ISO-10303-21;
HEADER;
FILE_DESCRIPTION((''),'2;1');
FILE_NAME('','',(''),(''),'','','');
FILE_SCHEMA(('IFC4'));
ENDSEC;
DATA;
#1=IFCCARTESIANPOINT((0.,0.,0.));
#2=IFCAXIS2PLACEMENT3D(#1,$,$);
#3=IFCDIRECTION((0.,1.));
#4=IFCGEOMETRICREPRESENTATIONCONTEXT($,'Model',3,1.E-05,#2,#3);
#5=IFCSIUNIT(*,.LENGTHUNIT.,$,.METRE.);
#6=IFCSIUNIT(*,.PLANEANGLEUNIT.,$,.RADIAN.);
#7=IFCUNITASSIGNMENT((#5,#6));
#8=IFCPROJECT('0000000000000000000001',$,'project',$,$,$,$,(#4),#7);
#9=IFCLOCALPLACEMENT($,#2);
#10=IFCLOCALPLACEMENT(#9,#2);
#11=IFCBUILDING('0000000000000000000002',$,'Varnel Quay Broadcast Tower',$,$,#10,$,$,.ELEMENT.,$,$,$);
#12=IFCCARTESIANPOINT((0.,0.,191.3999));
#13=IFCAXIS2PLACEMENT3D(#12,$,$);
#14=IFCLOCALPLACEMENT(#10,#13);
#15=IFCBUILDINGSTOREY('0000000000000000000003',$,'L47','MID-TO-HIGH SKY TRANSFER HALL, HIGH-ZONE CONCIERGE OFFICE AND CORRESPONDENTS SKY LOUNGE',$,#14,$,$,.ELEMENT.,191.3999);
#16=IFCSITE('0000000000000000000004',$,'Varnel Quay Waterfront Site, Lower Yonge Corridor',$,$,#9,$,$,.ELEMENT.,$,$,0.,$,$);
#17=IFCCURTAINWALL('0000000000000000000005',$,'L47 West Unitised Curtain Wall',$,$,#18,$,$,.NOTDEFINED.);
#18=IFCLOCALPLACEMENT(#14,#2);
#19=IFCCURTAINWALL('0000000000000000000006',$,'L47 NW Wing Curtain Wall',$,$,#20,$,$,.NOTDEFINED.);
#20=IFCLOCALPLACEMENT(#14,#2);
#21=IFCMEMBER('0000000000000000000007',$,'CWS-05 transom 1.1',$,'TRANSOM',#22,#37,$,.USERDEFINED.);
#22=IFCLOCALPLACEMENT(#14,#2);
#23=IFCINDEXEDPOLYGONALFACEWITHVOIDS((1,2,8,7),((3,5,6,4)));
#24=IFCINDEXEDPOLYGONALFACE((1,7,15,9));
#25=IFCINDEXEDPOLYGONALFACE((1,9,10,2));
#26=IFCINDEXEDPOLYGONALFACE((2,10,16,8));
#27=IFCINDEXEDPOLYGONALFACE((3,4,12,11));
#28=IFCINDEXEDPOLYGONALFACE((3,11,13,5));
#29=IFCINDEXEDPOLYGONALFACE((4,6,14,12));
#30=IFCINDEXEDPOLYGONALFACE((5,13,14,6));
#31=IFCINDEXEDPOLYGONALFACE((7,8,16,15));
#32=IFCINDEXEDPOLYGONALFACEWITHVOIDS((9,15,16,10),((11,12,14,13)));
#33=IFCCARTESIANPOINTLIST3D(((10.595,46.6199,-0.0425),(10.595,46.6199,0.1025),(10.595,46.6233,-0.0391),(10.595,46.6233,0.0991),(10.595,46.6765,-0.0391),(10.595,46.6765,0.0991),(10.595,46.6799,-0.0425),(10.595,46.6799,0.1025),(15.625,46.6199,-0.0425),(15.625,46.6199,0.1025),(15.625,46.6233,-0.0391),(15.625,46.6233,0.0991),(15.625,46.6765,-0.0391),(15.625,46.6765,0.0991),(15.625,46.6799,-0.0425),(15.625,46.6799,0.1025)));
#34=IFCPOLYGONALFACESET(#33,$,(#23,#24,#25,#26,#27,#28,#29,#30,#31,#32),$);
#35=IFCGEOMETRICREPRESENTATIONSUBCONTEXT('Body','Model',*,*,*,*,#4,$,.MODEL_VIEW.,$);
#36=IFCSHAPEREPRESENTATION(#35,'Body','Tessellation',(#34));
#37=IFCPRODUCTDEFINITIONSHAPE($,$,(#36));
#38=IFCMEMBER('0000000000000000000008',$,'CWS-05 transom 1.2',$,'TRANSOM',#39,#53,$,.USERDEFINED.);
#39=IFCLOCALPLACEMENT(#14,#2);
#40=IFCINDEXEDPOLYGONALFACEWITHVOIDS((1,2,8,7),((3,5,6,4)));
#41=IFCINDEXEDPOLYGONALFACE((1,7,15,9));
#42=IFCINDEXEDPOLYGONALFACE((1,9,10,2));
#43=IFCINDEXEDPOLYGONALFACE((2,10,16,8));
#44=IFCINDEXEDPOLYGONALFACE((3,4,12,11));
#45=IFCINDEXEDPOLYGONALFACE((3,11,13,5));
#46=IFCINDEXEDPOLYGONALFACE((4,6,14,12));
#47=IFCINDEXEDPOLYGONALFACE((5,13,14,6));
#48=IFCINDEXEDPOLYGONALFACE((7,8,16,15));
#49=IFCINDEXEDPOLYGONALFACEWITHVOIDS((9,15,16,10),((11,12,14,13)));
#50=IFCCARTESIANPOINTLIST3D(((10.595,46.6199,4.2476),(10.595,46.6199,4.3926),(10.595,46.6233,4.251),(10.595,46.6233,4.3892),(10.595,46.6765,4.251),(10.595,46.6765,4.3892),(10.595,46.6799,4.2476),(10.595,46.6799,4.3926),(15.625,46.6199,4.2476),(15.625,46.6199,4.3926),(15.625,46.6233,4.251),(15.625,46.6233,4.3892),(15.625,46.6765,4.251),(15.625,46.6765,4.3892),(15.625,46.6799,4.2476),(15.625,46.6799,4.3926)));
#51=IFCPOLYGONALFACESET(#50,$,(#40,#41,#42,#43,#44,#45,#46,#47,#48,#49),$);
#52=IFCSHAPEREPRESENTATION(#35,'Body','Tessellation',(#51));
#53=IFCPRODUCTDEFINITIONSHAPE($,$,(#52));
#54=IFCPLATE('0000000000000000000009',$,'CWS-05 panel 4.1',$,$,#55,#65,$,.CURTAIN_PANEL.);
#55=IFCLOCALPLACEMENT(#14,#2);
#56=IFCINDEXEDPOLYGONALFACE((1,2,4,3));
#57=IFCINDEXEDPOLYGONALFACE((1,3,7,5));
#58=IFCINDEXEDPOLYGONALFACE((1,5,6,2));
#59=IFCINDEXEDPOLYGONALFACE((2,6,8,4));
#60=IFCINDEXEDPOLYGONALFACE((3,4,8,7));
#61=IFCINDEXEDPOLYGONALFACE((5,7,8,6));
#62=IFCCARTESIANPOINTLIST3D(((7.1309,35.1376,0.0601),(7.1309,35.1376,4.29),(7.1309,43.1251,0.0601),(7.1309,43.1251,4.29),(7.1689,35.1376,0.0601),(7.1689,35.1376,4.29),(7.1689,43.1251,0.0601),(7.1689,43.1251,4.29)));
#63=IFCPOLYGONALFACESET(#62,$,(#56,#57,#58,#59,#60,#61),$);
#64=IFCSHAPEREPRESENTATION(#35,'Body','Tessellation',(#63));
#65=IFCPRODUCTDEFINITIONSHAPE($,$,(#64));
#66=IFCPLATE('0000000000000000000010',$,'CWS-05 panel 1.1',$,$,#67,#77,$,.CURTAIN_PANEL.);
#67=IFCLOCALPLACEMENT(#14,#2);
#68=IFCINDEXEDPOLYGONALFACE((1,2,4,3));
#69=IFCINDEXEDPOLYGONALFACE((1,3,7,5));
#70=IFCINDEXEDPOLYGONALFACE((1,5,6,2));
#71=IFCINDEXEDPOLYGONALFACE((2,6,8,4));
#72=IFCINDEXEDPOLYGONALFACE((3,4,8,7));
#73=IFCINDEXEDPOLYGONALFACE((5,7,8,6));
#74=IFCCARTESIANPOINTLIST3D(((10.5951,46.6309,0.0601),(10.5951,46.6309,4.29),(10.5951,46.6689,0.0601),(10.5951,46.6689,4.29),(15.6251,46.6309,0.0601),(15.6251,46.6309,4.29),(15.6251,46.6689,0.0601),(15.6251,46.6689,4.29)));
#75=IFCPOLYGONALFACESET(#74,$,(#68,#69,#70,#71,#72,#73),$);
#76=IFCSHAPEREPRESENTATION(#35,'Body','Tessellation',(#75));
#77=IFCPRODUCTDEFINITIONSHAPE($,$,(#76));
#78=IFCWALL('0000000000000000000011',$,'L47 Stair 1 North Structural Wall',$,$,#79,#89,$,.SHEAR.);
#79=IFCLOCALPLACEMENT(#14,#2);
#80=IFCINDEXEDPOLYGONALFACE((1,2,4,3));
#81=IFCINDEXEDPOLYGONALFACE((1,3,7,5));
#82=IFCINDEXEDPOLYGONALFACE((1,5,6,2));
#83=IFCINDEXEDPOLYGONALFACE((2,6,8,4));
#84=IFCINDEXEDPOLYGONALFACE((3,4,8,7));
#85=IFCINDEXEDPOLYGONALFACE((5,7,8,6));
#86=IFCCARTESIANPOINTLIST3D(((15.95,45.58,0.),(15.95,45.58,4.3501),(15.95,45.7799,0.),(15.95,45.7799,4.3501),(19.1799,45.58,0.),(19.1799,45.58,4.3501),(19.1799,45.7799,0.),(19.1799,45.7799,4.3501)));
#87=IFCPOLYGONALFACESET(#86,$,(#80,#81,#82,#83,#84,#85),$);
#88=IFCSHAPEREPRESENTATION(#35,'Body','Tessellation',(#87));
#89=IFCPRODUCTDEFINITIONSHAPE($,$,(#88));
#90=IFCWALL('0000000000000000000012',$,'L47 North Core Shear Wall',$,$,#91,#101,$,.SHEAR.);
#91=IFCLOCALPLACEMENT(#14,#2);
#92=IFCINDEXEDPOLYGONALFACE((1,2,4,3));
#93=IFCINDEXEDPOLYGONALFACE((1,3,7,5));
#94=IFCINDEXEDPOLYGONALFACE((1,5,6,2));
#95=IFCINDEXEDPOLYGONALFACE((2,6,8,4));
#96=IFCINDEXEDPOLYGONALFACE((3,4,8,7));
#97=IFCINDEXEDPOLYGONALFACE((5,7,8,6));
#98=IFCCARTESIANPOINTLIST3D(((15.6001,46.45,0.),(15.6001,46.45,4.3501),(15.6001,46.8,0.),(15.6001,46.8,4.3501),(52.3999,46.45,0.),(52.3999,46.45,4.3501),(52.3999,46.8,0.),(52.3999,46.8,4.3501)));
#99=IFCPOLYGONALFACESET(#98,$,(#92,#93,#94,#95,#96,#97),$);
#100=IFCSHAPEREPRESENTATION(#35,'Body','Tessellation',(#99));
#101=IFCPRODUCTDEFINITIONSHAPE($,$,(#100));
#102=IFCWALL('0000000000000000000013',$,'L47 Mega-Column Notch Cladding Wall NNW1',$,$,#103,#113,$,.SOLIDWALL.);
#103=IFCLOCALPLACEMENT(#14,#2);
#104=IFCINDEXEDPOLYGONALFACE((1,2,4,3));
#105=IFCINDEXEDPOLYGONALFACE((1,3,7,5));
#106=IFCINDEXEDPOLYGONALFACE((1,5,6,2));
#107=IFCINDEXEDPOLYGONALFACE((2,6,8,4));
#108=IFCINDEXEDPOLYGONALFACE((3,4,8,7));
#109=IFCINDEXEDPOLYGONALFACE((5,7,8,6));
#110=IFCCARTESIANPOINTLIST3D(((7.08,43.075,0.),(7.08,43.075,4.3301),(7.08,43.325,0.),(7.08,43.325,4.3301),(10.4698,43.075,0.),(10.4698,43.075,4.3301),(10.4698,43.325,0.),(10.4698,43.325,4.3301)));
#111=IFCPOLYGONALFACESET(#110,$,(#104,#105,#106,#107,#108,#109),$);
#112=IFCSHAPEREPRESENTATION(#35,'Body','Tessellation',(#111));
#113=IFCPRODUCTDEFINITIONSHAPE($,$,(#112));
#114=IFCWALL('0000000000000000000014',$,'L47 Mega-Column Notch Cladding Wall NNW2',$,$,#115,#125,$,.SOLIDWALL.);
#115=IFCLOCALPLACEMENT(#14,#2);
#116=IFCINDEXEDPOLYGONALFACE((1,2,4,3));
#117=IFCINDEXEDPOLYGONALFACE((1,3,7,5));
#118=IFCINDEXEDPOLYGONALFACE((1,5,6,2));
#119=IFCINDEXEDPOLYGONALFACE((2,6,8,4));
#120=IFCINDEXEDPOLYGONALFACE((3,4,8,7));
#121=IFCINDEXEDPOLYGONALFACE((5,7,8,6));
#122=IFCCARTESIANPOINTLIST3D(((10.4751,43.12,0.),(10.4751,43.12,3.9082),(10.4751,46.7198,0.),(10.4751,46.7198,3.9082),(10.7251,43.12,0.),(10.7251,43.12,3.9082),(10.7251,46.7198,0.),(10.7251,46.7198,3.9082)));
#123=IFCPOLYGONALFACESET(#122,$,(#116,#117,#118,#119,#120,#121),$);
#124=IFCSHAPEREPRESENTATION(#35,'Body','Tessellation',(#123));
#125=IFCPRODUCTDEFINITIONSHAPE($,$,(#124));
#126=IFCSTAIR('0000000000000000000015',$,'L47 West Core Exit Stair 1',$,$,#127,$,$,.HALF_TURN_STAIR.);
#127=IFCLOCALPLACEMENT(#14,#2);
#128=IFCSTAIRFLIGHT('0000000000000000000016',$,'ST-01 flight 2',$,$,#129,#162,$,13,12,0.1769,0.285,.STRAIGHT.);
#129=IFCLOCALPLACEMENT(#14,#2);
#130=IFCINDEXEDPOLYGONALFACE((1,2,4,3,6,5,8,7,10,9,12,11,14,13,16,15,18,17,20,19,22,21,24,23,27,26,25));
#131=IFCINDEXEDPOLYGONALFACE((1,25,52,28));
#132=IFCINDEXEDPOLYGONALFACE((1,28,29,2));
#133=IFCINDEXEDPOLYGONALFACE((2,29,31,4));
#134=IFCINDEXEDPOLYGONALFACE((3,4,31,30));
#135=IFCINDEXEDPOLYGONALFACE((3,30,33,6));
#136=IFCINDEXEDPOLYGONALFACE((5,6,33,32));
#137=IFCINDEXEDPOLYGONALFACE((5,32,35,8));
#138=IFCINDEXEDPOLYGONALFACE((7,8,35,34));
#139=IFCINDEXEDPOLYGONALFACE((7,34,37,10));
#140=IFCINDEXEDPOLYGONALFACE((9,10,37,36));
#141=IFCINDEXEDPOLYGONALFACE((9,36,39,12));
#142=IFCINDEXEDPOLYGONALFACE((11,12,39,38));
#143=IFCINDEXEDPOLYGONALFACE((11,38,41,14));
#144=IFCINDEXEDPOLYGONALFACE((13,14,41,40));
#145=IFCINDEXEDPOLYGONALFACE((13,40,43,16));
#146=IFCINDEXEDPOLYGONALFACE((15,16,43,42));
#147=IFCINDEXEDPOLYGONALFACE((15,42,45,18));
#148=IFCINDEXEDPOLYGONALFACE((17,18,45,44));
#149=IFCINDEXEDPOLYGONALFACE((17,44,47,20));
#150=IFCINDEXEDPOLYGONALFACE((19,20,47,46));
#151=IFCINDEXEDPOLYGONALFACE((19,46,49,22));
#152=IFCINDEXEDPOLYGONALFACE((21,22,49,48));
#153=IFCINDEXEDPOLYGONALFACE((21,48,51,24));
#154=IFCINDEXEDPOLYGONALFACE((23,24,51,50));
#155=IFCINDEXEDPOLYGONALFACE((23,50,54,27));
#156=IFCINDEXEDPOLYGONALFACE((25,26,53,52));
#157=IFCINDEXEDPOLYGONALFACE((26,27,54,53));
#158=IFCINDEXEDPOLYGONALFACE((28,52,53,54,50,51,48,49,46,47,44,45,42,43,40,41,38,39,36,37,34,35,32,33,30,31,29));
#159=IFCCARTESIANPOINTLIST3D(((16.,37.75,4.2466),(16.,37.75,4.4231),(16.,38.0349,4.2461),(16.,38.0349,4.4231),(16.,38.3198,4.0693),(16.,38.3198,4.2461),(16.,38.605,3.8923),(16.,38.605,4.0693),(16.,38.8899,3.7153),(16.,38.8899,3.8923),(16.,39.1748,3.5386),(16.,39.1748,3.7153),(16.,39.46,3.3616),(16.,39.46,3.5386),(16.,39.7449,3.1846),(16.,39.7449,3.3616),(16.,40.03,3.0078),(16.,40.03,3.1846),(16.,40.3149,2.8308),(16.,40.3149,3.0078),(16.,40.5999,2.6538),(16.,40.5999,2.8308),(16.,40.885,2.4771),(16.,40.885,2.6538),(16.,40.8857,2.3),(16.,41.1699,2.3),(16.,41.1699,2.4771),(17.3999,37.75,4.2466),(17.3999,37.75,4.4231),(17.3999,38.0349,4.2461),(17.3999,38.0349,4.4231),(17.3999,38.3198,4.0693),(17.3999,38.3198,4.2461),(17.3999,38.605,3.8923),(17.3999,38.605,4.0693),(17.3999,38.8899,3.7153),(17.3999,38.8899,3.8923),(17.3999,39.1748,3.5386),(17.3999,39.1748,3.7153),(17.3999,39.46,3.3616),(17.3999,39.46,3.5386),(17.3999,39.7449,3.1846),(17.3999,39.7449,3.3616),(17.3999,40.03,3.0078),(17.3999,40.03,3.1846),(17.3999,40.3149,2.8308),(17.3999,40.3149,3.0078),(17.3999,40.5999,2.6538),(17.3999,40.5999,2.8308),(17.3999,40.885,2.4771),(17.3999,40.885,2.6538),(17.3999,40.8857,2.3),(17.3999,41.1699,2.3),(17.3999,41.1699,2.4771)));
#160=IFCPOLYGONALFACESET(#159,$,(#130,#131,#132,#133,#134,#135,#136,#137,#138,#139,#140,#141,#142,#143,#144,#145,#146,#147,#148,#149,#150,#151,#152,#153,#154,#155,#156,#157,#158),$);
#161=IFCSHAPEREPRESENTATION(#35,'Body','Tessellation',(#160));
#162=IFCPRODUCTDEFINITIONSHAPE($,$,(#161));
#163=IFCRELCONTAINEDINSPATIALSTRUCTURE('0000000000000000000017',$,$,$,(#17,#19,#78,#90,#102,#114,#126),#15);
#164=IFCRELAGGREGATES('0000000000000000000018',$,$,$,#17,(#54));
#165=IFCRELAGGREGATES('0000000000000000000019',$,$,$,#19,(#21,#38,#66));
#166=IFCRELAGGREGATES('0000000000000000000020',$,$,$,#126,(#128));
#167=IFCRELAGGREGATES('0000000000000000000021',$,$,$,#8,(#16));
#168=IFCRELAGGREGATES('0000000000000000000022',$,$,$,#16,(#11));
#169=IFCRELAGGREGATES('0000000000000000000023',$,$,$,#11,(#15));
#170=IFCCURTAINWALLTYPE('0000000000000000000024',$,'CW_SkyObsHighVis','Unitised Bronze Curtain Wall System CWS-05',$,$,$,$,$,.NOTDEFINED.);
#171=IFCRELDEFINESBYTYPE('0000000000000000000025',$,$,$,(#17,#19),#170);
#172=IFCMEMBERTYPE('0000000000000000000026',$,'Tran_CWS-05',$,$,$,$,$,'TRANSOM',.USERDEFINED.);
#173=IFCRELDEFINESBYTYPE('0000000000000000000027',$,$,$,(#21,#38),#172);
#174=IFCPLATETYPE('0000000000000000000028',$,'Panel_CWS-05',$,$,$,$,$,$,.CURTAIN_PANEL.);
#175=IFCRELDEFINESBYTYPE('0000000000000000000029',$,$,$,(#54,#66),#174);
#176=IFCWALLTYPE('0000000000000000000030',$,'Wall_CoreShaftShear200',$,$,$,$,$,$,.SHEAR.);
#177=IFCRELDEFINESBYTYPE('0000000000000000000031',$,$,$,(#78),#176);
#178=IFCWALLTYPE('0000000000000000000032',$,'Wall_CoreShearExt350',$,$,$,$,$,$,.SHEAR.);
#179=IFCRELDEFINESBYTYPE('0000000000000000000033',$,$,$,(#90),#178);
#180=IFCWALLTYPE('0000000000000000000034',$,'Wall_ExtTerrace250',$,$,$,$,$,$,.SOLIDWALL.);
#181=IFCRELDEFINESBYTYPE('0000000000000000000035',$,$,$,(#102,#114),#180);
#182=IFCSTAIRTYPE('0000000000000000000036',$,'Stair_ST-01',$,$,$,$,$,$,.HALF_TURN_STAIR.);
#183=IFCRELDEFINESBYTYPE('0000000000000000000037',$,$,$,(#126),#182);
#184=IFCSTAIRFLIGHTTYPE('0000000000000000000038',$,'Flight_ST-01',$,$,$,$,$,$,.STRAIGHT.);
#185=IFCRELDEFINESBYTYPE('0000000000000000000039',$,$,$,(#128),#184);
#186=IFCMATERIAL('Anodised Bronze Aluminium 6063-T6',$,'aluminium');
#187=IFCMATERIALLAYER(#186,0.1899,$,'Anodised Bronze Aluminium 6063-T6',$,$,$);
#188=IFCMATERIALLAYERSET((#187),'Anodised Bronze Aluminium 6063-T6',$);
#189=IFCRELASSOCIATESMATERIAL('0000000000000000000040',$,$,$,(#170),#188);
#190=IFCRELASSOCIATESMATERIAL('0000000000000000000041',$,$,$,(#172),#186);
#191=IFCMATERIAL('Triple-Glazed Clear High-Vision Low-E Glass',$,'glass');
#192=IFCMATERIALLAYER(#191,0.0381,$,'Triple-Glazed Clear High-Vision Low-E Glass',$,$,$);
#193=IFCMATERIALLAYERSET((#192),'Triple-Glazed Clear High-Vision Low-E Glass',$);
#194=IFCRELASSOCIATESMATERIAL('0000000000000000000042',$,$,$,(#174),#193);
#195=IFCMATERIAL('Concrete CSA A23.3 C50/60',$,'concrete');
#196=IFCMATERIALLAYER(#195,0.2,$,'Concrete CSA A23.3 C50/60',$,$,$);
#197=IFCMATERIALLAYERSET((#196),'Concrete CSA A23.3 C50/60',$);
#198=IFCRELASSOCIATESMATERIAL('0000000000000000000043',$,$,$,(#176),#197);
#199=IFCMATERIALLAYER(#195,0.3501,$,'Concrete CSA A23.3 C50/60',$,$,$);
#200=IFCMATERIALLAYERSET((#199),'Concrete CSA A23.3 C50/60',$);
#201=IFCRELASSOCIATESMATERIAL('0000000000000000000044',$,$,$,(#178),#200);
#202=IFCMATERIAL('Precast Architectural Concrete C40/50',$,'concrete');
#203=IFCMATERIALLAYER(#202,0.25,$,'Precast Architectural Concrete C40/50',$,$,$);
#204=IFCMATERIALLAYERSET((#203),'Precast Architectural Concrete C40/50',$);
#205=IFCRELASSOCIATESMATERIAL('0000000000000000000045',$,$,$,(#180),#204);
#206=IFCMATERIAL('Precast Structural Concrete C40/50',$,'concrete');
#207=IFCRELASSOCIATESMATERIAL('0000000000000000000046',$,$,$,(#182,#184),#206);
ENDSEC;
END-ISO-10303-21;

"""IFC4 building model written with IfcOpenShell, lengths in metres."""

from ifc_helpers import new_model, si_unit, direction, frame, frame_2d, origin, origin_2d, place, context, subcontext, project, spatial, polyline, rectangle, hollow_rectangle, outline, extrude, source, transform, mapped, material, layer, layer_set, material_profile, profile_set, type_object, type_shapes, element, aggregate, save


model = new_model("IFC4")

# Units and contexts
model_context = context("Model", 3, precision=1e-05, world=origin(), true_north=direction((0.0, 1.0)))
body_context = subcontext(model_context, "Body", "Model", "MODEL_VIEW")
ifc_project = project(units=[si_unit("LENGTHUNIT", "METRE"), si_unit("PLANEANGLEUNIT", "RADIAN")], contexts=[model_context])

# Site, building, storey
site_placement = place(None, origin())
site = spatial("IfcSite", under=ifc_project, at=site_placement, Name="Varnel Quay Waterfront Site, Lower Yonge Corridor", CompositionType="ELEMENT", RefElevation=0.0)
building_placement = place(site_placement, origin())
building = spatial("IfcBuilding", under=site, at=building_placement, Name="Varnel Quay Broadcast Tower", CompositionType="ELEMENT")
storey_placement = place(building_placement, frame((0.0, 0.0, 191.3999)))
storey = spatial("IfcBuildingStorey", under=building, at=storey_placement, Name="L47", Description="MID-TO-HIGH SKY TRANSFER HALL, HIGH-ZONE CONCIERGE OFFICE AND CORRESPONDENTS SKY LOUNGE", CompositionType="ELEMENT", Elevation=191.3999)

# Curtain wall
ifc_material_1 = material(Name="Anodised Bronze Aluminium 6063-T6", Category="aluminium")
ifc_layer_1 = layer(ifc_material_1, 0.1899, Name="Anodised Bronze Aluminium 6063-T6")
ifc_layer_set_1 = layer_set([ifc_layer_1], Name="Anodised Bronze Aluminium 6063-T6")
curtain_wall_type = type_object("IfcCurtainWallType", Name="CW_SkyObsHighVis", Description="Unitised Bronze Curtain Wall System CWS-05", PredefinedType="NOTDEFINED", material=ifc_layer_set_1)
curtain_wall_1_placement = place(storey_placement, origin())
curtain_wall_1 = element("IfcCurtainWall", 1, at=curtain_wall_1_placement, inside=storey, type_object=curtain_wall_type, Name="L47 West Unitised Curtain Wall", PredefinedType="NOTDEFINED")

# Curtain wall, members
curtain_wall_2_placement = place(storey_placement, origin())
curtain_wall_2 = element("IfcCurtainWall", 2, at=curtain_wall_2_placement, inside=storey, type_object=curtain_wall_type, Name="L47 NW Wing Curtain Wall", PredefinedType="NOTDEFINED")
ifc_material_profile_1 = material_profile(ifc_material_1, hollow_rectangle(XDim=0.0601, YDim=0.145, WallThickness=0.0034, at=origin_2d()), Name="ALU60X145X3.5")
ifc_profile_set_1 = profile_set([ifc_material_profile_1], Name="Anodised Bronze Aluminium 6063-T6")
member_type_1 = type_object("IfcMemberType", Name="Tran_CWS-05", ElementType="TRANSOM", PredefinedType="USERDEFINED", material=ifc_profile_set_1)
shared_shape_1 = source(origin(), body_context, "Body", "SweptSolid", [
    extrude(hollow_rectangle(XDim=0.0601, YDim=0.145, WallThickness=0.0034, at=origin_2d()), origin(), (0.0, 0.0, 1.0), 5.03),
])
type_shapes(member_type_1, [shared_shape_1])
member_1_placement = place(storey_placement, frame((10.595, 46.6499, 0.03), z_axis=(1.0, 0.0, 0.0), x_axis=(0.0, 1.0, 0.0)))
member_1 = element("IfcMember", 3, at=member_1_placement, type_object=member_type_1, Name="CWS-05 transom 1.1", ObjectType="TRANSOM", PredefinedType="USERDEFINED", context=body_context, shape_type="MappedRepresentation", body=[
    mapped(shared_shape_1, transform((0.0, 0.0, 0.0), x_axis=(1.0, 0.0, 0.0), y_axis=(0.0, 1.0, 0.0), z_axis=(0.0, 0.0, 1.0), scale=1.0)),
])
member_2_placement = place(storey_placement, frame((10.595, 46.6499, 4.3201), z_axis=(1.0, 0.0, 0.0), x_axis=(0.0, 1.0, 0.0)))
member_2 = element("IfcMember", 4, at=member_2_placement, type_object=member_type_1, Name="CWS-05 transom 1.2", ObjectType="TRANSOM", PredefinedType="USERDEFINED", context=body_context, shape_type="MappedRepresentation", body=[
    mapped(shared_shape_1, transform((0.0, 0.0, 0.0), x_axis=(1.0, 0.0, 0.0), y_axis=(0.0, 1.0, 0.0), z_axis=(0.0, 0.0, 1.0), scale=1.0)),
])

# Plates
ifc_material_2 = material(Name="Triple-Glazed Clear High-Vision Low-E Glass", Category="glass")
ifc_layer_2 = layer(ifc_material_2, 0.0381, Name="Triple-Glazed Clear High-Vision Low-E Glass")
ifc_layer_set_2 = layer_set([ifc_layer_2], Name="Triple-Glazed Clear High-Vision Low-E Glass")
plate_type = type_object("IfcPlateType", Name="Panel_CWS-05", PredefinedType="CURTAIN_PANEL", material=ifc_layer_set_2)
shared_shape_2 = source(origin(), body_context, "Body", "SweptSolid", [
    extrude(rectangle(XDim=7.9875, YDim=0.0381, at=origin_2d()), origin(), (0.0, 0.0, 1.0), 4.23),
])
plate_1_placement = place(storey_placement, frame((7.1499, 39.1313, 0.0601), z_axis=(0.0, 0.0, 1.0), x_axis=(0.0, 1.0, 0.0)))
plate_1 = element("IfcPlate", 5, at=plate_1_placement, type_object=plate_type, Name="CWS-05 panel 4.1", PredefinedType="CURTAIN_PANEL", context=body_context, shape_type="MappedRepresentation", body=[
    mapped(shared_shape_2, transform((0.0, 0.0, 0.0), x_axis=(1.0, 0.0, 0.0), y_axis=(0.0, 1.0, 0.0), z_axis=(0.0, 0.0, 1.0), scale=1.0)),
])
aggregate(curtain_wall_1, [plate_1])
shared_shape_3 = source(origin(), body_context, "Body", "SweptSolid", [
    extrude(rectangle(XDim=5.03, YDim=0.0381, at=origin_2d()), origin(), (0.0, 0.0, 1.0), 4.23),
])
type_shapes(plate_type, [shared_shape_2, shared_shape_3])
plate_2_placement = place(storey_placement, frame((13.1101, 46.6499, 0.0601), z_axis=(0.0, 0.0, 1.0), x_axis=(1.0, 0.0, 0.0)))
plate_2 = element("IfcPlate", 6, at=plate_2_placement, type_object=plate_type, Name="CWS-05 panel 1.1", PredefinedType="CURTAIN_PANEL", context=body_context, shape_type="MappedRepresentation", body=[
    mapped(shared_shape_3, transform((0.0, 0.0, 0.0), x_axis=(1.0, 0.0, 0.0), y_axis=(0.0, 1.0, 0.0), z_axis=(0.0, 0.0, 1.0), scale=1.0)),
])
aggregate(curtain_wall_2, [member_1, member_2, plate_2])

# Walls
ifc_material_3 = material(Name="Concrete CSA A23.3 C50/60", Category="concrete")
ifc_layer_3 = layer(ifc_material_3, 0.2, Name="Concrete CSA A23.3 C50/60")
ifc_layer_set_3 = layer_set([ifc_layer_3], Name="Concrete CSA A23.3 C50/60")
wall_type_1 = type_object("IfcWallType", Name="Wall_CoreShaftShear200", PredefinedType="SHEAR", material=ifc_layer_set_3)
wall_1_placement = place(storey_placement, frame((15.95, 45.6799, 0.0), z_axis=(0.0, 0.0, 1.0), x_axis=(1.0, 0.0, 0.0)))
element("IfcWall", 7, at=wall_1_placement, inside=storey, type_object=wall_type_1, Name="L47 Stair 1 North Structural Wall", PredefinedType="SHEAR", context=body_context, shape_type="SweptSolid", body=[
    extrude(rectangle(XDim=3.23, YDim=0.2, at=frame_2d((1.615, 0.0))), origin(), (0.0, 0.0, 1.0), 4.3501),
])
ifc_layer_4 = layer(ifc_material_3, 0.3501, Name="Concrete CSA A23.3 C50/60")
ifc_layer_set_4 = layer_set([ifc_layer_4], Name="Concrete CSA A23.3 C50/60")
wall_type_2 = type_object("IfcWallType", Name="Wall_CoreShearExt350", PredefinedType="SHEAR", material=ifc_layer_set_4)
wall_2_placement = place(storey_placement, frame((15.6001, 46.625, 0.0), z_axis=(0.0, 0.0, 1.0), x_axis=(1.0, 0.0, 0.0)))
element("IfcWall", 8, at=wall_2_placement, inside=storey, type_object=wall_type_2, Name="L47 North Core Shear Wall", PredefinedType="SHEAR", context=body_context, shape_type="SweptSolid", body=[
    extrude(rectangle(XDim=36.7998, YDim=0.3501, at=frame_2d((18.3999, 0.0))), origin(), (0.0, 0.0, 1.0), 4.3501),
])
ifc_material_4 = material(Name="Precast Architectural Concrete C40/50", Category="concrete")
ifc_layer_5 = layer(ifc_material_4, 0.25, Name="Precast Architectural Concrete C40/50")
ifc_layer_set_5 = layer_set([ifc_layer_5], Name="Precast Architectural Concrete C40/50")
wall_type_3 = type_object("IfcWallType", Name="Wall_ExtTerrace250", PredefinedType="SOLIDWALL", material=ifc_layer_set_5)
wall_3_placement = place(storey_placement, frame((7.0801, 43.2, 0.0), z_axis=(0.0, 0.0, 1.0), x_axis=(1.0, 0.0, 0.0)))
element("IfcWall", 9, at=wall_3_placement, inside=storey, type_object=wall_type_3, Name="L47 Mega-Column Notch Cladding Wall NNW1", PredefinedType="SOLIDWALL", context=body_context, shape_type="SweptSolid", body=[
    extrude(rectangle(XDim=3.3899, YDim=0.25, at=frame_2d((1.6948, 0.0))), origin(), (0.0, 0.0, 1.0), 4.3301),
])
wall_4_placement = place(storey_placement, frame((10.6001, 43.1201, 0.0), z_axis=(0.0, 0.0, 1.0), x_axis=(0.0, 1.0, 0.0)))
element("IfcWall", 10, at=wall_4_placement, inside=storey, type_object=wall_type_3, Name="L47 Mega-Column Notch Cladding Wall NNW2", PredefinedType="SOLIDWALL", context=body_context, shape_type="SweptSolid", body=[
    extrude(rectangle(XDim=3.5999, YDim=0.25, at=frame_2d((1.7998, 0.0))), origin(), (0.0, 0.0, 1.0), 3.9082),
])

# Stair, stair flight
ifc_material_5 = material(Name="Precast Structural Concrete C40/50", Category="concrete")
stair_type = type_object("IfcStairType", Name="Stair_ST-01", PredefinedType="HALF_TURN_STAIR", material=ifc_material_5)
stair_placement = place(storey_placement, origin())
stair = element("IfcStair", 11, at=stair_placement, inside=storey, type_object=stair_type, Name="L47 West Core Exit Stair 1", PredefinedType="HALF_TURN_STAIR")
stair_flight_type = type_object("IfcStairFlightType", Name="Flight_ST-01", PredefinedType="STRAIGHT", material=ifc_material_5)
stair_flight_placement = place(storey_placement, frame((16.7, 41.1699, 2.3), z_axis=(0.0, 0.0, 1.0), x_axis=(0.0, -1.0, 0.0)))
stair_flight = element("IfcStairFlight", 12, at=stair_flight_placement, type_object=stair_flight_type, Name="ST-01 flight 2", NumberOfRisers=13, NumberOfTreads=12, PredefinedType="STRAIGHT", RiserHeight=0.1769, TreadLength=0.285, context=body_context, shape_type="SweptSolid", body=[
    extrude(outline(polyline([(0.0, 0.0), (0.0, 0.177), (0.2849, 0.177), (0.2849, 0.3538), (0.5701, 0.3538), (0.5701, 0.5308), (0.855, 0.5308), (0.855, 0.7078), (1.1399, 0.7078), (1.1399, 0.8845), (1.425, 0.8845), (1.425, 1.0615), (1.71, 1.0615), (1.71, 1.2385), (1.9951, 1.2385), (1.9951, 1.4153), (2.28, 1.4153), (2.28, 1.5923), (2.5649, 1.5923), (2.5649, 1.7693), (2.8501, 1.7693), (2.8501, 1.946), (3.135, 1.946), (3.135, 2.123), (3.4199, 2.123), (3.4199, 2.3), (3.4199, 1.9465), (0.2842, 0.0), (0.0, 0.0)])), frame((0.0, 0.7, 0.0), z_axis=(0.0, -1.0, 0.0), x_axis=(1.0, 0.0, 0.0)), (0.0, 0.0, 1.0), 1.3999),
])
aggregate(stair, [stair_flight])

save(model, "model.ifc")
